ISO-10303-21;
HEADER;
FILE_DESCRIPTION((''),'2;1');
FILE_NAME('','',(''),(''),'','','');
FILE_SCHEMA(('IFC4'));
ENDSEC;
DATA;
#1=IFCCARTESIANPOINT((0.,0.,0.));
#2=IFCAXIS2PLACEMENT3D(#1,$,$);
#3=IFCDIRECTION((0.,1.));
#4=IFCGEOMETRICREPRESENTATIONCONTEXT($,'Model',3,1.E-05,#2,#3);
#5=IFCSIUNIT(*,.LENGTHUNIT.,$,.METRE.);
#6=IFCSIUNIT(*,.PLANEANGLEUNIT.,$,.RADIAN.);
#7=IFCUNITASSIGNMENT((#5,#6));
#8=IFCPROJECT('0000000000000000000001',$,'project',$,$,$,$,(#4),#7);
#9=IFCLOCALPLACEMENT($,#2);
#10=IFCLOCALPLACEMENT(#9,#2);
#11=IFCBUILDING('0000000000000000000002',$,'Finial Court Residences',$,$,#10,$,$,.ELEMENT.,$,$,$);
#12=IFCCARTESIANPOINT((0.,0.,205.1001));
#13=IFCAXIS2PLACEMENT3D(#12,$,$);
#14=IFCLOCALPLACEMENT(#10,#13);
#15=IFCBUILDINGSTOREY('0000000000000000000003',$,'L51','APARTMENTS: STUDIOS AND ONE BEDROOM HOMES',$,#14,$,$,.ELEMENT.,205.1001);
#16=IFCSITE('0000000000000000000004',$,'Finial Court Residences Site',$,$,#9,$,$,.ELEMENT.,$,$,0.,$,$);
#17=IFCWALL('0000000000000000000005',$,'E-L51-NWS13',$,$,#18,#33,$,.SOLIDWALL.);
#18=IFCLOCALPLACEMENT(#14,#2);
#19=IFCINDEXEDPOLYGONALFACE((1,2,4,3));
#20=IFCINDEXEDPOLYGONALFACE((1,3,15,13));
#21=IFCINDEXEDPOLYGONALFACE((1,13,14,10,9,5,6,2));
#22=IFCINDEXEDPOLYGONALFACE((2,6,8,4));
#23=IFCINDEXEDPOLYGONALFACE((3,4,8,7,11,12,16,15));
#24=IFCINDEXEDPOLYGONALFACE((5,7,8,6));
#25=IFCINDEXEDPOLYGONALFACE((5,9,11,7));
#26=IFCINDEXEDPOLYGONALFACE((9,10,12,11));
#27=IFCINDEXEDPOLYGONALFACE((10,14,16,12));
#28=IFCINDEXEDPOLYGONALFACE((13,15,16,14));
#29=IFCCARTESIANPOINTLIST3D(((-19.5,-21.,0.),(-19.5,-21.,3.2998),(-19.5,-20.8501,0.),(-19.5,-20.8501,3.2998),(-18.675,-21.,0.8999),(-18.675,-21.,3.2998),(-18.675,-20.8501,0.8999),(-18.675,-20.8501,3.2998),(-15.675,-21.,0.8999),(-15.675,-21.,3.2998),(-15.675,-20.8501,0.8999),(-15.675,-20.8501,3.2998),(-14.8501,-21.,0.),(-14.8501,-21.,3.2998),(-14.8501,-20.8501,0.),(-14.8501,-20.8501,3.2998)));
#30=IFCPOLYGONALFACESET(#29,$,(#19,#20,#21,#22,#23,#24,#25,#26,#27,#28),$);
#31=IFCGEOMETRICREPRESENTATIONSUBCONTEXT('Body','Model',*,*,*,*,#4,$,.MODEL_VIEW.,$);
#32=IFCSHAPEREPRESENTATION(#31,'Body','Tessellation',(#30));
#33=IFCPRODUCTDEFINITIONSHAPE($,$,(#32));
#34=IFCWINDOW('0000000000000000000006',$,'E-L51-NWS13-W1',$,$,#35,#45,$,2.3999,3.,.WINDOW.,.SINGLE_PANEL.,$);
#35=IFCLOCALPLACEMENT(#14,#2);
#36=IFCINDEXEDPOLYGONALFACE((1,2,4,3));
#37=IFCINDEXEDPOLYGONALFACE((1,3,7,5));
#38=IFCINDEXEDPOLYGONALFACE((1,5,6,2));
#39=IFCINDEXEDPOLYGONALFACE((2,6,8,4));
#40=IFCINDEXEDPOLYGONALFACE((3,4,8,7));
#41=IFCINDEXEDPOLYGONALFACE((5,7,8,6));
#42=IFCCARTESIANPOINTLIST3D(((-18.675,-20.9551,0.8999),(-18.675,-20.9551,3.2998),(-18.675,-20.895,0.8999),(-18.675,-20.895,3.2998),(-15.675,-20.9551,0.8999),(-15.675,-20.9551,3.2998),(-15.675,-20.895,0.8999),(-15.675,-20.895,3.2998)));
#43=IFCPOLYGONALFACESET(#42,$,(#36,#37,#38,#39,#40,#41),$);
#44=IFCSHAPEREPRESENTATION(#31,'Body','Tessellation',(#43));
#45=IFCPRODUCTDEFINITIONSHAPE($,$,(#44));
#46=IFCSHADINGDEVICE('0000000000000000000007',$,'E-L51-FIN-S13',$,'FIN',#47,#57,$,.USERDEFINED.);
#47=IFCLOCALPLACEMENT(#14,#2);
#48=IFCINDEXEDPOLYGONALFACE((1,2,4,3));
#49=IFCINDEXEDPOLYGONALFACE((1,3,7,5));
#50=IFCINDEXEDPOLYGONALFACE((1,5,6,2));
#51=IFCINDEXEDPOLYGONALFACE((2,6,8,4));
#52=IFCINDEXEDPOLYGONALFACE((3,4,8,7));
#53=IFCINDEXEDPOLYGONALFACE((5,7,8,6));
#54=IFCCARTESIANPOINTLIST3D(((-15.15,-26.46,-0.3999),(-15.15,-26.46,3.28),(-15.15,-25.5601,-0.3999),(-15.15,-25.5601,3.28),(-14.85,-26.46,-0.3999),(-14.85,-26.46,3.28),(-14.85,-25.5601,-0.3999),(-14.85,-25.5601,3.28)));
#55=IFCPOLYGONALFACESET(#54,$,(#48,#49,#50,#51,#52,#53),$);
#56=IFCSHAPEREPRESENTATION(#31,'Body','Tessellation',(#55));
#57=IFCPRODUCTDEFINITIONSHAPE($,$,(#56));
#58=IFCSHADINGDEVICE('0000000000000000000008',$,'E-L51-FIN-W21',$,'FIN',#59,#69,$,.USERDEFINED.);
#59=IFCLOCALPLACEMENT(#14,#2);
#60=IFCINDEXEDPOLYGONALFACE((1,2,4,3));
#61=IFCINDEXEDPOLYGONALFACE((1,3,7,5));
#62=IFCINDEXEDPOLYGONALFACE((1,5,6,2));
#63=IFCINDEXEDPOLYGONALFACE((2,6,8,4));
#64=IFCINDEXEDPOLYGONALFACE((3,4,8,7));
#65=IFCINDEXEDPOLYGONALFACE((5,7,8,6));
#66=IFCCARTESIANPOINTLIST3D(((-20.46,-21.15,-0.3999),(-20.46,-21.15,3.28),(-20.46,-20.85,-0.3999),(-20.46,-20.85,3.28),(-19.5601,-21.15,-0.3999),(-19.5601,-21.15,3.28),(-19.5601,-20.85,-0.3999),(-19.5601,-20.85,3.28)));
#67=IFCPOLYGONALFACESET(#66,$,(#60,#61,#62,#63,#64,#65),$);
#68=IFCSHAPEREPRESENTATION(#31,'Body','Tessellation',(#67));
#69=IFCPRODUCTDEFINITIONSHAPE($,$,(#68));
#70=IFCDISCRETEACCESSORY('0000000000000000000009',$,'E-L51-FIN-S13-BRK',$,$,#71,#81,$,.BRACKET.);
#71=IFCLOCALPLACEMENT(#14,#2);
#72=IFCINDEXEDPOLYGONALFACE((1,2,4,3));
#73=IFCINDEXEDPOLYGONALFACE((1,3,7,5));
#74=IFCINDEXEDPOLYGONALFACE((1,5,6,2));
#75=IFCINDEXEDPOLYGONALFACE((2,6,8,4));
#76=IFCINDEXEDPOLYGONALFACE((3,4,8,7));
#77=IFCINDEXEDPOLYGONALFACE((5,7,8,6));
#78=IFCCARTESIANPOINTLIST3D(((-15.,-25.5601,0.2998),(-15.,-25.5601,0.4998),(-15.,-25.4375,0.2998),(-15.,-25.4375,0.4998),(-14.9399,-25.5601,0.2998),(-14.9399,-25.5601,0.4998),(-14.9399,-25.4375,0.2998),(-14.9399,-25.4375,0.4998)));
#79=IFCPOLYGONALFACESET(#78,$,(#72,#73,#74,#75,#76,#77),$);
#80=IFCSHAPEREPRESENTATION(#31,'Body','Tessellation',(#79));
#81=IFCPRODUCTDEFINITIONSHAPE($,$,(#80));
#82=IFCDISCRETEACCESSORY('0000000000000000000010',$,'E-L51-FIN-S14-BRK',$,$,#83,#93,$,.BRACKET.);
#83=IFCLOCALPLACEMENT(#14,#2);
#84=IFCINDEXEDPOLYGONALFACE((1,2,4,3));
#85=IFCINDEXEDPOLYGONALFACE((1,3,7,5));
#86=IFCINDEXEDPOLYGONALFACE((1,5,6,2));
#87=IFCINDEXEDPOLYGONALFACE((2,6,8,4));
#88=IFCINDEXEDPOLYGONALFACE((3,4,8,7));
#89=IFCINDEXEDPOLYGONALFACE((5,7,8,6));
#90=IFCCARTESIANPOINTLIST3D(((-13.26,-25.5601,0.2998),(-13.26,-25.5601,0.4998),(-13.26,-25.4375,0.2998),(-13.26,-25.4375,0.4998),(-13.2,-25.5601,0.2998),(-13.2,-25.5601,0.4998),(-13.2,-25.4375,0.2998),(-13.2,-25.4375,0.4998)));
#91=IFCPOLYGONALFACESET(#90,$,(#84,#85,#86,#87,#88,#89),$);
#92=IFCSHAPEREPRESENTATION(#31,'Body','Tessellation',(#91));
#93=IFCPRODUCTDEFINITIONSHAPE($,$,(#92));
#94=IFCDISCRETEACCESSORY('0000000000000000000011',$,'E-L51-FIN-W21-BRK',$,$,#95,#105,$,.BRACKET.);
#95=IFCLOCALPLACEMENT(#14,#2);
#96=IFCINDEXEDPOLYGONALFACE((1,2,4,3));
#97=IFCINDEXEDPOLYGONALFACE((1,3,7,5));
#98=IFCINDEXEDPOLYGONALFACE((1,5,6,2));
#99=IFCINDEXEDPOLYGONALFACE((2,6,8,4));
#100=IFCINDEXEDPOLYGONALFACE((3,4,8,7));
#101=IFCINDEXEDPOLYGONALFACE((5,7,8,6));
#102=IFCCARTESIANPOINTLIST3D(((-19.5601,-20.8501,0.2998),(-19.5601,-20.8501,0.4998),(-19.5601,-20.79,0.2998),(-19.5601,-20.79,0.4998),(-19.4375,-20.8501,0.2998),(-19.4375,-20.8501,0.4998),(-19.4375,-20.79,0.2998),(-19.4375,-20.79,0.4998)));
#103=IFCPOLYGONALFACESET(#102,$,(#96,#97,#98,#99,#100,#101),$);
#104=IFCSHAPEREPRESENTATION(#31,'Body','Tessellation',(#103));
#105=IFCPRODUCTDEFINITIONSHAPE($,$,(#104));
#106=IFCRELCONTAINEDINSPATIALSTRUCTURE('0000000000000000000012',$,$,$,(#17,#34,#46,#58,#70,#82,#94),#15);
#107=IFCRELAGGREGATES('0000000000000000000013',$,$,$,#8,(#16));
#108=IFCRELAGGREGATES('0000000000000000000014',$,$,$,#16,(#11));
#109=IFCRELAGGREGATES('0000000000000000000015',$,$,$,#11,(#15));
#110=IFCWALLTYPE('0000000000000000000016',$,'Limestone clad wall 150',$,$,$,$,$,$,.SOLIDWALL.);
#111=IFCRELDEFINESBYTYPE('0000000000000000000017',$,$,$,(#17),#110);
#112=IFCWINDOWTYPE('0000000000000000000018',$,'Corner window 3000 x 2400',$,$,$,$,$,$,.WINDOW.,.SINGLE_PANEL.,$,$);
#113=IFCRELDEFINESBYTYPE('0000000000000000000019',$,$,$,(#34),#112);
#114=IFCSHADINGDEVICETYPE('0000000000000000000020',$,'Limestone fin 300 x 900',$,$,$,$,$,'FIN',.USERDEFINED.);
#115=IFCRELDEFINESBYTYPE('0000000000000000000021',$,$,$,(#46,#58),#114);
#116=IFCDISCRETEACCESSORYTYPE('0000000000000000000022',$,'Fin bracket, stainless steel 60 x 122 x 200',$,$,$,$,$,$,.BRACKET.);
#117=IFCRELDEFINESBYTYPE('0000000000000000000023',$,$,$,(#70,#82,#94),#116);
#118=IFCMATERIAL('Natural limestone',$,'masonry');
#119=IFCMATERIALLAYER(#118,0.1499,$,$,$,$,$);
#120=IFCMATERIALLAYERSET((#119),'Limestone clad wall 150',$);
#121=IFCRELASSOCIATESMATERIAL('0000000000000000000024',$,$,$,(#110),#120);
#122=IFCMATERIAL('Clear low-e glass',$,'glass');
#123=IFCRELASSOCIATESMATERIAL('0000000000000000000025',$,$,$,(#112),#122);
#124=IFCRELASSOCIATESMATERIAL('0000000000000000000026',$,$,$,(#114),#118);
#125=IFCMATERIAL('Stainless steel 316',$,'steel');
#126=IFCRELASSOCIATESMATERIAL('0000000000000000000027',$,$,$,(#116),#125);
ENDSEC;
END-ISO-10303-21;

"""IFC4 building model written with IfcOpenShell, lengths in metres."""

from ifc_helpers import new_model, si_unit, direction, frame, frame_2d, origin, origin_2d, place, context, subcontext, project, spatial, rectangle, extrude, material, layer, layer_set, type_object, element, fill, save


model = new_model("IFC4")

# Units and contexts
model_context = context("Model", 3, precision=1e-05, world=origin(), true_north=direction((0.0, 1.0)))
body_context = subcontext(model_context, "Body", "Model", "MODEL_VIEW")
ifc_project = project(units=[si_unit("LENGTHUNIT", "METRE"), si_unit("PLANEANGLEUNIT", "RADIAN")], contexts=[model_context])

# Site, building, storey
site_placement = place(None, origin())
site = spatial("IfcSite", under=ifc_project, at=site_placement, Name="Finial Court Residences Site", CompositionType="ELEMENT", RefElevation=0.0)
building_placement = place(site_placement, origin())
building = spatial("IfcBuilding", under=site, at=building_placement, Name="Finial Court Residences", CompositionType="ELEMENT")
storey_placement = place(building_placement, frame((0.0, 0.0, 205.1001)))
storey = spatial("IfcBuildingStorey", under=building, at=storey_placement, Name="L51", Description="APARTMENTS: STUDIOS AND ONE BEDROOM HOMES", CompositionType="ELEMENT", Elevation=205.1001)

# Shared definitions
ifc_material_1 = material(Name="Clear low-e glass", Category="glass")

# Wall, opening, window
ifc_material_2 = material(Name="Natural limestone", Category="masonry")
ifc_layer_1 = layer(ifc_material_2, 0.1499)
ifc_layer_set_1 = layer_set([ifc_layer_1], Name="Limestone clad wall 150")
wall_type_1 = type_object("IfcWallType", Name="Limestone clad wall 150", PredefinedType="SOLIDWALL", material=ifc_layer_set_1)
window_type = type_object("IfcWindowType", Name="Corner window 3000 x 2400", PartitioningType="SINGLE_PANEL", PredefinedType="WINDOW", material=ifc_material_1)
wall_1_placement = place(storey_placement, frame((-14.8501, -20.925, 0.0), z_axis=(0.0, 0.0, 1.0), x_axis=(-1.0, 0.0, 0.0)))
wall_1 = element("IfcWall", 1, at=wall_1_placement, inside=storey, type_object=wall_type_1, Name="E-L51-NWS13", PredefinedType="SOLIDWALL", context=body_context, shape_type="SweptSolid", body=[
    extrude(rectangle(XDim=4.6499, YDim=0.1499, at=frame_2d((2.325, 0.0))), origin(), (0.0, 0.0, 1.0), 3.2998),
])
opening_1_placement = place(wall_1_placement, frame((0.825, 0.0, 0.8999)))
opening_1 = element("IfcOpeningElement", 2, at=opening_1_placement, cuts=wall_1, PredefinedType="OPENING", context=body_context, shape_type="SweptSolid", body=[
    extrude(rectangle(XDim=3.0, YDim=2.3999, at=frame_2d((1.5, 1.2))), frame((0.0, 0.085, 0.0), z_axis=(0.0, -1.0, 0.0), x_axis=(1.0, 0.0, 0.0)), (0.0, 0.0, 1.0), 0.1699),
])
window_1_placement = place(opening_1_placement, origin())
window_1 = element("IfcWindow", 3, at=window_1_placement, inside=storey, type_object=window_type, Name="E-L51-NWS13-W1", OverallHeight=2.3999, OverallWidth=3.0, PartitioningType="SINGLE_PANEL", PredefinedType="WINDOW", context=body_context, shape_type="SweptSolid", body=[
    extrude(rectangle(XDim=3.0, YDim=2.3999, at=frame_2d((1.5, 1.2))), frame((0.0, 0.03, 0.0), z_axis=(0.0, -1.0, 0.0), x_axis=(1.0, 0.0, 0.0)), (0.0, 0.0, 1.0), 0.0601),
])
fill(opening_1, window_1)

# Shading devices
shading_device_type = type_object("IfcShadingDeviceType", Name="Limestone fin 300 x 900", ElementType="FIN", PredefinedType="USERDEFINED", material=ifc_material_2)
shading_device_1_placement = place(storey_placement, frame((-15.0, -26.01, -0.3999), z_axis=(0.0, 0.0, 1.0), x_axis=(1.0, 0.0, 0.0)))
element("IfcShadingDevice", 4, at=shading_device_1_placement, inside=storey, type_object=shading_device_type, Name="E-L51-FIN-S13", ObjectType="FIN", PredefinedType="USERDEFINED", context=body_context, shape_type="SweptSolid", body=[
    extrude(rectangle(XDim=0.3, YDim=0.8999, at=origin_2d()), origin(), (0.0, 0.0, 1.0), 3.6799),
])
shading_device_2_placement = place(storey_placement, frame((-20.01, -21.0, -0.3999), z_axis=(0.0, 0.0, 1.0), x_axis=(1.0, 0.0, 0.0)))
element("IfcShadingDevice", 5, at=shading_device_2_placement, inside=storey, type_object=shading_device_type, Name="E-L51-FIN-W21", ObjectType="FIN", PredefinedType="USERDEFINED", context=body_context, shape_type="SweptSolid", body=[
    extrude(rectangle(XDim=0.8999, YDim=0.3, at=origin_2d()), origin(), (0.0, 0.0, 1.0), 3.6799),
])

# Discrete accessories
ifc_material_3 = material(Name="Stainless steel 316", Category="steel")
discrete_accessory_type = type_object("IfcDiscreteAccessoryType", Name="Fin bracket, stainless steel 60 x 122 x 200", PredefinedType="BRACKET", material=ifc_material_3)
for number, where, z_axis, x_axis, name in (
    (6, (-14.97, -25.4988, 0.2998), (0.0, 0.0, 1.0), (1.0, 0.0, 0.0), "E-L51-FIN-S13-BRK"),
    (7, (-13.23, -25.4988, 0.2998), (0.0, 0.0, 1.0), (1.0, 0.0, 0.0), "E-L51-FIN-S14-BRK"),
):
    element("IfcDiscreteAccessory", number, at=place(storey_placement, frame(where, z_axis=z_axis, x_axis=x_axis)), inside=storey, type_object=discrete_accessory_type, Name=name, PredefinedType="BRACKET", context=body_context, shape_type="SweptSolid", body=[
        extrude(rectangle(XDim=0.0601, YDim=0.1226, at=origin_2d()), origin(), (0.0, 0.0, 1.0), 0.2),
    ])
discrete_accessory_placement = place(storey_placement, frame((-19.4988, -20.8201, 0.2998), z_axis=(0.0, 0.0, 1.0), x_axis=(1.0, 0.0, 0.0)))
element("IfcDiscreteAccessory", 8, at=discrete_accessory_placement, inside=storey, type_object=discrete_accessory_type, Name="E-L51-FIN-W21-BRK", PredefinedType="BRACKET", context=body_context, shape_type="SweptSolid", body=[
    extrude(rectangle(XDim=0.1226, YDim=0.0601, at=origin_2d()), origin(), (0.0, 0.0, 1.0), 0.2),
])

save(model, "model.ifc")
